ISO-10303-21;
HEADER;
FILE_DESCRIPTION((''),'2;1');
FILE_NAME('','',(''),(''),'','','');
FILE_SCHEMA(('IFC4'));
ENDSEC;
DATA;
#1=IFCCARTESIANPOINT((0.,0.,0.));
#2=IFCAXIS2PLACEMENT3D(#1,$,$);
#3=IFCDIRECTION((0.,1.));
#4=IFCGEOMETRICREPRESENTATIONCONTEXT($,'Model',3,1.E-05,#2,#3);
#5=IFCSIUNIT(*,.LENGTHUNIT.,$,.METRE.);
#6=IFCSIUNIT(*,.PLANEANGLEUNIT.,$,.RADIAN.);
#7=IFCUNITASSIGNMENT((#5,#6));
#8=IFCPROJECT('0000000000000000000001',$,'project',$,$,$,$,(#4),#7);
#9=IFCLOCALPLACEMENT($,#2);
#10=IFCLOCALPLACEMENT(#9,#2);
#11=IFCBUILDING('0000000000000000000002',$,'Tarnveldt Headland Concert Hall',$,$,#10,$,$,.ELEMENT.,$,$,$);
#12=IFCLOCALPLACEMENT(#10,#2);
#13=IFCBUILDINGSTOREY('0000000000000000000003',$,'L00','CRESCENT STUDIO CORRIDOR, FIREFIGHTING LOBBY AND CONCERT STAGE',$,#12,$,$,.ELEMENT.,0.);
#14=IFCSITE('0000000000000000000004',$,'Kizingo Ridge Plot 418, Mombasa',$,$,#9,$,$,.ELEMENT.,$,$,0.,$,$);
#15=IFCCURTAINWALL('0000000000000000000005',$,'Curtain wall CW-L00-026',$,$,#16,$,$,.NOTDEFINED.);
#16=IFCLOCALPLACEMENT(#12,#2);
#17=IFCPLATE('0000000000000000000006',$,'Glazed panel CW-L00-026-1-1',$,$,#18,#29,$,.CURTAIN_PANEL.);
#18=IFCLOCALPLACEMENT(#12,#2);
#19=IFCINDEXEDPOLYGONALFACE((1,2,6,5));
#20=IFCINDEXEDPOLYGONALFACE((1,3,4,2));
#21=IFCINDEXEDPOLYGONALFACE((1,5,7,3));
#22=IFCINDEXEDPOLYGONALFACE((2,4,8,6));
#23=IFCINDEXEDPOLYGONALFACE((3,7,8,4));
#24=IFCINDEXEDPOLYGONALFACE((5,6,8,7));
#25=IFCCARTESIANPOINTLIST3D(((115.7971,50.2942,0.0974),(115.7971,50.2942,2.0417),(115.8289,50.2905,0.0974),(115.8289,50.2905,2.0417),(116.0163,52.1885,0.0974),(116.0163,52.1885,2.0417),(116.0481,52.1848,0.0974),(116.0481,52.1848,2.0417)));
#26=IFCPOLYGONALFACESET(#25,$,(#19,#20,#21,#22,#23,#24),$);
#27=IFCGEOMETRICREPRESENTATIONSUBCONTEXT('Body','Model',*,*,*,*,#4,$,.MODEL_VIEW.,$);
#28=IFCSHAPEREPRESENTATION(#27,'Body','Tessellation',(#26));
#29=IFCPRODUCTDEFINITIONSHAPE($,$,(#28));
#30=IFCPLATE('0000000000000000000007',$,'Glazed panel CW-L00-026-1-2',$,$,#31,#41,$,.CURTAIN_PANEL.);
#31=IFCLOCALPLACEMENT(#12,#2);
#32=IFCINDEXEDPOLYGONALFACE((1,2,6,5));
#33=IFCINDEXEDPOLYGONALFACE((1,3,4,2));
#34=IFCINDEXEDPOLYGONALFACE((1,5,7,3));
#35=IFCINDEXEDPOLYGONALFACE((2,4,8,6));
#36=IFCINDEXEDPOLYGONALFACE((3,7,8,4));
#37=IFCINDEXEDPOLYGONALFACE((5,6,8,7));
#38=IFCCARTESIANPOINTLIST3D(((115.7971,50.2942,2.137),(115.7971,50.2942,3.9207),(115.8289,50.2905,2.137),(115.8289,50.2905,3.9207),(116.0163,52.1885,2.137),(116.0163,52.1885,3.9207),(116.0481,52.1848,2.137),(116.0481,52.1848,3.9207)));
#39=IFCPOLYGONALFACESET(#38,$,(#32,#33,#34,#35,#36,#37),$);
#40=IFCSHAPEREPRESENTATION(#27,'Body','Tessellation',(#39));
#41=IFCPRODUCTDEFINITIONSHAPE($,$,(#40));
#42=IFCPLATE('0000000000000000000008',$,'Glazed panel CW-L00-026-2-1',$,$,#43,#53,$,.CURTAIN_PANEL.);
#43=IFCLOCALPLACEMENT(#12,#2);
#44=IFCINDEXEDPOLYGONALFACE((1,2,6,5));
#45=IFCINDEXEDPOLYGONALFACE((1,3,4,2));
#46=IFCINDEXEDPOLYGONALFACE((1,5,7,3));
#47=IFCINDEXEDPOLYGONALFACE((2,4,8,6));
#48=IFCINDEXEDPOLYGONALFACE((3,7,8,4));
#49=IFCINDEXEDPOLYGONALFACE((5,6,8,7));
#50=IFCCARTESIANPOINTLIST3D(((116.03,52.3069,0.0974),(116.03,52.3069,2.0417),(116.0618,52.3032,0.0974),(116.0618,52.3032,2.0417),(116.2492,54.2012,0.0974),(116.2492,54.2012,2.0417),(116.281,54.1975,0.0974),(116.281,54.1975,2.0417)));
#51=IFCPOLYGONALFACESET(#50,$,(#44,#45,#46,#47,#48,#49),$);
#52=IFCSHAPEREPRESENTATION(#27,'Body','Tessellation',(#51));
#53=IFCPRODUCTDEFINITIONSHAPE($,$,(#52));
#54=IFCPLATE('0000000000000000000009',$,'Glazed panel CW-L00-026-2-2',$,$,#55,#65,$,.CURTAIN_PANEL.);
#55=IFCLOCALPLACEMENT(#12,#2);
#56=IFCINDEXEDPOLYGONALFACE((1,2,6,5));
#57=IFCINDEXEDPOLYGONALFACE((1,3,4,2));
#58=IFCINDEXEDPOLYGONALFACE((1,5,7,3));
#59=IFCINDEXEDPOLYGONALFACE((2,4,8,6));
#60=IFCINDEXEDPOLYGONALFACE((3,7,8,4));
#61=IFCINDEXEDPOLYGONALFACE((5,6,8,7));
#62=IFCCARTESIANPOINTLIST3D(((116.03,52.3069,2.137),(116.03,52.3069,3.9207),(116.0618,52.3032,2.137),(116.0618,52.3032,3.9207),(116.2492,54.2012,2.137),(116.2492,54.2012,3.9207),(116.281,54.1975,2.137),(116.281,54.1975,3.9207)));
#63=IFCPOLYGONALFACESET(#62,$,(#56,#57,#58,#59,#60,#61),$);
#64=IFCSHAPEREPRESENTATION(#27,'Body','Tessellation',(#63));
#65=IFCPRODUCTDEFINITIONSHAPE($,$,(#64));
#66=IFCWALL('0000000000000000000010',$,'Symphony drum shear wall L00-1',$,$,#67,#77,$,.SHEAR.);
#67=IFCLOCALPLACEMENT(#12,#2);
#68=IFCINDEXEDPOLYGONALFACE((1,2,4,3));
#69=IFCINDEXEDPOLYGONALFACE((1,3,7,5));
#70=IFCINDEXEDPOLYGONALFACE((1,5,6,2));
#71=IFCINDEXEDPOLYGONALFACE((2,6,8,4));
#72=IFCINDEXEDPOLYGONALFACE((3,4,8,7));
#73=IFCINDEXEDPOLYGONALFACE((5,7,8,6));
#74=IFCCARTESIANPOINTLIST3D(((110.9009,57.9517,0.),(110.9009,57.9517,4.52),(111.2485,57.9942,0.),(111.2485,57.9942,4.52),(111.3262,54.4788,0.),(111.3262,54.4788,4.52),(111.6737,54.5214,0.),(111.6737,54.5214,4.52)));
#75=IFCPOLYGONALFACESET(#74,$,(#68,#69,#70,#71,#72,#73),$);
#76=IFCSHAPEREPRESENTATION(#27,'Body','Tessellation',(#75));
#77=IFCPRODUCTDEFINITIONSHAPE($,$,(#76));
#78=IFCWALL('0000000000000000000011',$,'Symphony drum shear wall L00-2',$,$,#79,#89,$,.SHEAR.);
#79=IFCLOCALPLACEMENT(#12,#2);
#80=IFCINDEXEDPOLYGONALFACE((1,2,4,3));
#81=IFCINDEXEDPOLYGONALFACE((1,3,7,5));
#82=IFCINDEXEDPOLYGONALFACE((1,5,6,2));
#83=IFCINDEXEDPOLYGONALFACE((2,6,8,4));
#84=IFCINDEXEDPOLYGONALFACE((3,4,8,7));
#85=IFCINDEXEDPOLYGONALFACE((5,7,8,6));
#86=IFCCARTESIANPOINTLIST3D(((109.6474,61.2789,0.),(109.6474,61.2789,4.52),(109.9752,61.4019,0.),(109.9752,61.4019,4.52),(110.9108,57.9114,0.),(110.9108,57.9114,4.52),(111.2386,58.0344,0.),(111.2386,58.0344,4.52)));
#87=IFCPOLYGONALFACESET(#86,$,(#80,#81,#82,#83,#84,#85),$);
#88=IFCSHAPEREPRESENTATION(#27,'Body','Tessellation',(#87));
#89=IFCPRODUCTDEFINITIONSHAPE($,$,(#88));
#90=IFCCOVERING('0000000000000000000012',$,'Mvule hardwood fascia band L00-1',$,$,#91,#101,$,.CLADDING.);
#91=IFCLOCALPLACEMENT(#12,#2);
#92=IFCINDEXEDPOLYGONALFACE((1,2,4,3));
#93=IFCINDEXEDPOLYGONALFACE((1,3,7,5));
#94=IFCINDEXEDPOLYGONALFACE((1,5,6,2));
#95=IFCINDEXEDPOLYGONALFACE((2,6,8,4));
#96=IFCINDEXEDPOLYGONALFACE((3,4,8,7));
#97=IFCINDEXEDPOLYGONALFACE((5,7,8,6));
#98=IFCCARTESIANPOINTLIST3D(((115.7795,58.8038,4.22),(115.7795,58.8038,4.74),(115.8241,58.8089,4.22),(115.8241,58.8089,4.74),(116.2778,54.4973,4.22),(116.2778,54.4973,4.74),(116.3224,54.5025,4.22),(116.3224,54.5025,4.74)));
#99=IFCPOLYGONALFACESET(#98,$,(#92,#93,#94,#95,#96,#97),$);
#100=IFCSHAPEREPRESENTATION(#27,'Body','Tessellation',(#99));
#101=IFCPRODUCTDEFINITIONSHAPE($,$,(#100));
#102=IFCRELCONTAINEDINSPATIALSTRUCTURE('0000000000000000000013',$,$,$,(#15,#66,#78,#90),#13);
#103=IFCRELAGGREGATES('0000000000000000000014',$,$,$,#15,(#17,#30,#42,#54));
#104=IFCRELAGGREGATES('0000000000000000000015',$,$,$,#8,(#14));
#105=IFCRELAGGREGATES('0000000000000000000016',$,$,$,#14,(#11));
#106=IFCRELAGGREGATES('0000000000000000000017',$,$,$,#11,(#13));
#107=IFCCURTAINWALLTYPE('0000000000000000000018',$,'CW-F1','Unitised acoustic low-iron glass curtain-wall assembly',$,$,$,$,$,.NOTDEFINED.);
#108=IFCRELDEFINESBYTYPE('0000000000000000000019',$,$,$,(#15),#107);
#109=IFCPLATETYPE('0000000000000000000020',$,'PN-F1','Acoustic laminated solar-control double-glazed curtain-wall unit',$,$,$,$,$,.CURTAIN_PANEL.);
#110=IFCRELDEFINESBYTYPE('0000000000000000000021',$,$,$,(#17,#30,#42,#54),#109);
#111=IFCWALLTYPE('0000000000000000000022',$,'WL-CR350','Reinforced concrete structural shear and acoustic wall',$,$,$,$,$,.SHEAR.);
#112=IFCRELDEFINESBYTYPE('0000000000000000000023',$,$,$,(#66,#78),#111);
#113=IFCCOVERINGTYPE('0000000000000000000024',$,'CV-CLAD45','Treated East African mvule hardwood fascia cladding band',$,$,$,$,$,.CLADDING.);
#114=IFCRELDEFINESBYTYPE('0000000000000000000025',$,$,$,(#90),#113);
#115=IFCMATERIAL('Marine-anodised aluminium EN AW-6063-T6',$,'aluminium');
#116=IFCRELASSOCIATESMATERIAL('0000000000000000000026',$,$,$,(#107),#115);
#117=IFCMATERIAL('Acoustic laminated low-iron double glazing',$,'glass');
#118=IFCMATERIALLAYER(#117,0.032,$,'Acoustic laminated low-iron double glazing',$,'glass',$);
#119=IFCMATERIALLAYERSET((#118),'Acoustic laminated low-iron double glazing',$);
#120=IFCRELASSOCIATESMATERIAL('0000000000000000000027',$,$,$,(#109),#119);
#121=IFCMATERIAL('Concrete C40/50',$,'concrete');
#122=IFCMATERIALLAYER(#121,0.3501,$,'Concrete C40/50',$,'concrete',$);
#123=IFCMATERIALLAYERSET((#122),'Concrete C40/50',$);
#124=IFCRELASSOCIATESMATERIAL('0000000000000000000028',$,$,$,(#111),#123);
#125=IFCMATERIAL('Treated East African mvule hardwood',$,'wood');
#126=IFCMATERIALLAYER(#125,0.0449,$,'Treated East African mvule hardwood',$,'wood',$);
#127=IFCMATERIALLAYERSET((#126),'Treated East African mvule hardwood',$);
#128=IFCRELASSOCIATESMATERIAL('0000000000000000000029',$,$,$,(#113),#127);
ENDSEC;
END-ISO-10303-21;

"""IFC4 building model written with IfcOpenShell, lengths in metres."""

from ifc_helpers import new_model, si_unit, direction, frame, frame_2d, origin, origin_2d, place, context, subcontext, project, spatial, rectangle, extrude, material, layer, layer_set, type_object, element, aggregate, save


model = new_model("IFC4")

# Units and contexts
model_context = context("Model", 3, precision=1e-05, world=origin(), true_north=direction((0.0, 1.0)))
body_context = subcontext(model_context, "Body", "Model", "MODEL_VIEW")
ifc_project = project(units=[si_unit("LENGTHUNIT", "METRE"), si_unit("PLANEANGLEUNIT", "RADIAN")], contexts=[model_context])

# Site, building, storey
site_placement = place(None, origin())
site = spatial("IfcSite", under=ifc_project, at=site_placement, Name="Kizingo Ridge Plot 418, Mombasa", CompositionType="ELEMENT", RefElevation=0.0)
building_placement = place(site_placement, origin())
building = spatial("IfcBuilding", under=site, at=building_placement, Name="Tarnveldt Headland Concert Hall", CompositionType="ELEMENT")
storey_placement = place(building_placement, origin())
storey = spatial("IfcBuildingStorey", under=building, at=storey_placement, Name="L00", Description="CRESCENT STUDIO CORRIDOR, FIREFIGHTING LOBBY AND CONCERT STAGE", CompositionType="ELEMENT", Elevation=0.0)

# Shared definitions
ifc_material_1 = material(Name="Concrete C40/50", Category="concrete")

# Curtain wall
ifc_material_2 = material(Name="Marine-anodised aluminium EN AW-6063-T6", Category="aluminium")
curtain_wall_type = type_object("IfcCurtainWallType", Name="CW-F1", Description="Unitised acoustic low-iron glass curtain-wall assembly", PredefinedType="NOTDEFINED", material=ifc_material_2)
curtain_wall_1_placement = place(storey_placement, origin())
curtain_wall_1 = element("IfcCurtainWall", 1, at=curtain_wall_1_placement, inside=storey, type_object=curtain_wall_type, Name="Curtain wall CW-L00-026", PredefinedType="NOTDEFINED")

# Plates
ifc_material_3 = material(Name="Acoustic laminated low-iron double glazing", Category="glass")
ifc_layer_1 = layer(ifc_material_3, 0.032, Name="Acoustic laminated low-iron double glazing", Category="glass")
ifc_layer_set_1 = layer_set([ifc_layer_1], Name="Acoustic laminated low-iron double glazing")
plate_type = type_object("IfcPlateType", Name="PN-F1", Description="Acoustic laminated solar-control double-glazed curtain-wall unit", PredefinedType="CURTAIN_PANEL", material=ifc_layer_set_1)
plate_1_placement = place(storey_placement, frame((115.9226, 51.2395, 0.0974), z_axis=(0.0, 0.0, 1.0), x_axis=(0.114937, 0.993373, 0.0)))
plate_1 = element("IfcPlate", 2, at=plate_1_placement, type_object=plate_type, Name="Glazed panel CW-L00-026-1-1", PredefinedType="CURTAIN_PANEL", context=body_context, shape_type="SweptSolid", body=[
    extrude(rectangle(XDim=1.907, YDim=0.032, at=origin_2d()), origin(), (0.0, 0.0, 1.0), 1.9443),
])
plate_2_placement = place(storey_placement, frame((115.9226, 51.2395, 2.137), z_axis=(0.0, 0.0, 1.0), x_axis=(0.114937, 0.993373, 0.0)))
plate_2 = element("IfcPlate", 3, at=plate_2_placement, type_object=plate_type, Name="Glazed panel CW-L00-026-1-2", PredefinedType="CURTAIN_PANEL", context=body_context, shape_type="SweptSolid", body=[
    extrude(rectangle(XDim=1.907, YDim=0.032, at=origin_2d()), origin(), (0.0, 0.0, 1.0), 1.7837),
])
plate_3_placement = place(storey_placement, frame((116.1555, 53.2522, 0.0974), z_axis=(0.0, 0.0, 1.0), x_axis=(0.114937, 0.993373, 0.0)))
plate_3 = element("IfcPlate", 4, at=plate_3_placement, type_object=plate_type, Name="Glazed panel CW-L00-026-2-1", PredefinedType="CURTAIN_PANEL", context=body_context, shape_type="SweptSolid", body=[
    extrude(rectangle(XDim=1.907, YDim=0.032, at=origin_2d()), origin(), (0.0, 0.0, 1.0), 1.9443),
])
plate_4_placement = place(storey_placement, frame((116.1555, 53.2522, 2.137), z_axis=(0.0, 0.0, 1.0), x_axis=(0.114937, 0.993373, 0.0)))
plate_4 = element("IfcPlate", 5, at=plate_4_placement, type_object=plate_type, Name="Glazed panel CW-L00-026-2-2", PredefinedType="CURTAIN_PANEL", context=body_context, shape_type="SweptSolid", body=[
    extrude(rectangle(XDim=1.907, YDim=0.032, at=origin_2d()), origin(), (0.0, 0.0, 1.0), 1.7837),
])
aggregate(curtain_wall_1, [plate_1, plate_2, plate_3, plate_4])

# Walls
ifc_layer_2 = layer(ifc_material_1, 0.3501, Name="Concrete C40/50", Category="concrete")
ifc_layer_set_2 = layer_set([ifc_layer_2], Name="Concrete C40/50")
wall_type = type_object("IfcWallType", Name="WL-CR350", Description="Reinforced concrete structural shear and acoustic wall", PredefinedType="SHEAR", material=ifc_layer_set_2)
wall_1_placement = place(storey_placement, frame((111.5, 54.5, 0.0), z_axis=(0.0, 0.0, 1.0), x_axis=(-0.121552, 0.992585, 0.0)))
element("IfcWall", 6, at=wall_1_placement, inside=storey, type_object=wall_type, Name="Symphony drum shear wall L00-1", PredefinedType="SHEAR", context=body_context, shape_type="SweptSolid", body=[
    extrude(rectangle(XDim=3.4988, YDim=0.3501, at=frame_2d((1.7495, 0.0))), origin(), (0.0, 0.0, 1.0), 4.52),
])
wall_2_placement = place(storey_placement, frame((111.0747, 57.9729, 0.0), z_axis=(0.0, 0.0, 1.0), x_axis=(-0.35128, 0.936271, 0.0)))
element("IfcWall", 7, at=wall_2_placement, inside=storey, type_object=wall_type, Name="Symphony drum shear wall L00-2", PredefinedType="SHEAR", context=body_context, shape_type="SweptSolid", body=[
    extrude(rectangle(XDim=3.5967, YDim=0.3501, at=frame_2d((1.7983, 0.0))), origin(), (0.0, 0.0, 1.0), 4.52),
])

# Covering
ifc_material_4 = material(Name="Treated East African mvule hardwood", Category="wood")
ifc_layer_3 = layer(ifc_material_4, 0.0449, Name="Treated East African mvule hardwood", Category="wood")
ifc_layer_set_3 = layer_set([ifc_layer_3], Name="Treated East African mvule hardwood")
covering_type = type_object("IfcCoveringType", Name="CV-CLAD45", Description="Treated East African mvule hardwood fascia cladding band", PredefinedType="CLADDING", material=ifc_layer_set_3)
covering_placement = place(storey_placement, frame((116.3, 54.5, 4.22), z_axis=(0.0, 0.0, 1.0), x_axis=(-0.114943, 0.993372, 0.0)))
element("IfcCovering", 8, at=covering_placement, inside=storey, type_object=covering_type, Name="Mvule hardwood fascia band L00-1", PredefinedType="CLADDING", context=body_context, shape_type="SweptSolid", body=[
    extrude(rectangle(XDim=4.3352, YDim=0.0449, at=frame_2d((2.1675, 0.0))), origin(), (0.0, 0.0, 1.0), 0.52),
])

save(model, "model.ifc")
